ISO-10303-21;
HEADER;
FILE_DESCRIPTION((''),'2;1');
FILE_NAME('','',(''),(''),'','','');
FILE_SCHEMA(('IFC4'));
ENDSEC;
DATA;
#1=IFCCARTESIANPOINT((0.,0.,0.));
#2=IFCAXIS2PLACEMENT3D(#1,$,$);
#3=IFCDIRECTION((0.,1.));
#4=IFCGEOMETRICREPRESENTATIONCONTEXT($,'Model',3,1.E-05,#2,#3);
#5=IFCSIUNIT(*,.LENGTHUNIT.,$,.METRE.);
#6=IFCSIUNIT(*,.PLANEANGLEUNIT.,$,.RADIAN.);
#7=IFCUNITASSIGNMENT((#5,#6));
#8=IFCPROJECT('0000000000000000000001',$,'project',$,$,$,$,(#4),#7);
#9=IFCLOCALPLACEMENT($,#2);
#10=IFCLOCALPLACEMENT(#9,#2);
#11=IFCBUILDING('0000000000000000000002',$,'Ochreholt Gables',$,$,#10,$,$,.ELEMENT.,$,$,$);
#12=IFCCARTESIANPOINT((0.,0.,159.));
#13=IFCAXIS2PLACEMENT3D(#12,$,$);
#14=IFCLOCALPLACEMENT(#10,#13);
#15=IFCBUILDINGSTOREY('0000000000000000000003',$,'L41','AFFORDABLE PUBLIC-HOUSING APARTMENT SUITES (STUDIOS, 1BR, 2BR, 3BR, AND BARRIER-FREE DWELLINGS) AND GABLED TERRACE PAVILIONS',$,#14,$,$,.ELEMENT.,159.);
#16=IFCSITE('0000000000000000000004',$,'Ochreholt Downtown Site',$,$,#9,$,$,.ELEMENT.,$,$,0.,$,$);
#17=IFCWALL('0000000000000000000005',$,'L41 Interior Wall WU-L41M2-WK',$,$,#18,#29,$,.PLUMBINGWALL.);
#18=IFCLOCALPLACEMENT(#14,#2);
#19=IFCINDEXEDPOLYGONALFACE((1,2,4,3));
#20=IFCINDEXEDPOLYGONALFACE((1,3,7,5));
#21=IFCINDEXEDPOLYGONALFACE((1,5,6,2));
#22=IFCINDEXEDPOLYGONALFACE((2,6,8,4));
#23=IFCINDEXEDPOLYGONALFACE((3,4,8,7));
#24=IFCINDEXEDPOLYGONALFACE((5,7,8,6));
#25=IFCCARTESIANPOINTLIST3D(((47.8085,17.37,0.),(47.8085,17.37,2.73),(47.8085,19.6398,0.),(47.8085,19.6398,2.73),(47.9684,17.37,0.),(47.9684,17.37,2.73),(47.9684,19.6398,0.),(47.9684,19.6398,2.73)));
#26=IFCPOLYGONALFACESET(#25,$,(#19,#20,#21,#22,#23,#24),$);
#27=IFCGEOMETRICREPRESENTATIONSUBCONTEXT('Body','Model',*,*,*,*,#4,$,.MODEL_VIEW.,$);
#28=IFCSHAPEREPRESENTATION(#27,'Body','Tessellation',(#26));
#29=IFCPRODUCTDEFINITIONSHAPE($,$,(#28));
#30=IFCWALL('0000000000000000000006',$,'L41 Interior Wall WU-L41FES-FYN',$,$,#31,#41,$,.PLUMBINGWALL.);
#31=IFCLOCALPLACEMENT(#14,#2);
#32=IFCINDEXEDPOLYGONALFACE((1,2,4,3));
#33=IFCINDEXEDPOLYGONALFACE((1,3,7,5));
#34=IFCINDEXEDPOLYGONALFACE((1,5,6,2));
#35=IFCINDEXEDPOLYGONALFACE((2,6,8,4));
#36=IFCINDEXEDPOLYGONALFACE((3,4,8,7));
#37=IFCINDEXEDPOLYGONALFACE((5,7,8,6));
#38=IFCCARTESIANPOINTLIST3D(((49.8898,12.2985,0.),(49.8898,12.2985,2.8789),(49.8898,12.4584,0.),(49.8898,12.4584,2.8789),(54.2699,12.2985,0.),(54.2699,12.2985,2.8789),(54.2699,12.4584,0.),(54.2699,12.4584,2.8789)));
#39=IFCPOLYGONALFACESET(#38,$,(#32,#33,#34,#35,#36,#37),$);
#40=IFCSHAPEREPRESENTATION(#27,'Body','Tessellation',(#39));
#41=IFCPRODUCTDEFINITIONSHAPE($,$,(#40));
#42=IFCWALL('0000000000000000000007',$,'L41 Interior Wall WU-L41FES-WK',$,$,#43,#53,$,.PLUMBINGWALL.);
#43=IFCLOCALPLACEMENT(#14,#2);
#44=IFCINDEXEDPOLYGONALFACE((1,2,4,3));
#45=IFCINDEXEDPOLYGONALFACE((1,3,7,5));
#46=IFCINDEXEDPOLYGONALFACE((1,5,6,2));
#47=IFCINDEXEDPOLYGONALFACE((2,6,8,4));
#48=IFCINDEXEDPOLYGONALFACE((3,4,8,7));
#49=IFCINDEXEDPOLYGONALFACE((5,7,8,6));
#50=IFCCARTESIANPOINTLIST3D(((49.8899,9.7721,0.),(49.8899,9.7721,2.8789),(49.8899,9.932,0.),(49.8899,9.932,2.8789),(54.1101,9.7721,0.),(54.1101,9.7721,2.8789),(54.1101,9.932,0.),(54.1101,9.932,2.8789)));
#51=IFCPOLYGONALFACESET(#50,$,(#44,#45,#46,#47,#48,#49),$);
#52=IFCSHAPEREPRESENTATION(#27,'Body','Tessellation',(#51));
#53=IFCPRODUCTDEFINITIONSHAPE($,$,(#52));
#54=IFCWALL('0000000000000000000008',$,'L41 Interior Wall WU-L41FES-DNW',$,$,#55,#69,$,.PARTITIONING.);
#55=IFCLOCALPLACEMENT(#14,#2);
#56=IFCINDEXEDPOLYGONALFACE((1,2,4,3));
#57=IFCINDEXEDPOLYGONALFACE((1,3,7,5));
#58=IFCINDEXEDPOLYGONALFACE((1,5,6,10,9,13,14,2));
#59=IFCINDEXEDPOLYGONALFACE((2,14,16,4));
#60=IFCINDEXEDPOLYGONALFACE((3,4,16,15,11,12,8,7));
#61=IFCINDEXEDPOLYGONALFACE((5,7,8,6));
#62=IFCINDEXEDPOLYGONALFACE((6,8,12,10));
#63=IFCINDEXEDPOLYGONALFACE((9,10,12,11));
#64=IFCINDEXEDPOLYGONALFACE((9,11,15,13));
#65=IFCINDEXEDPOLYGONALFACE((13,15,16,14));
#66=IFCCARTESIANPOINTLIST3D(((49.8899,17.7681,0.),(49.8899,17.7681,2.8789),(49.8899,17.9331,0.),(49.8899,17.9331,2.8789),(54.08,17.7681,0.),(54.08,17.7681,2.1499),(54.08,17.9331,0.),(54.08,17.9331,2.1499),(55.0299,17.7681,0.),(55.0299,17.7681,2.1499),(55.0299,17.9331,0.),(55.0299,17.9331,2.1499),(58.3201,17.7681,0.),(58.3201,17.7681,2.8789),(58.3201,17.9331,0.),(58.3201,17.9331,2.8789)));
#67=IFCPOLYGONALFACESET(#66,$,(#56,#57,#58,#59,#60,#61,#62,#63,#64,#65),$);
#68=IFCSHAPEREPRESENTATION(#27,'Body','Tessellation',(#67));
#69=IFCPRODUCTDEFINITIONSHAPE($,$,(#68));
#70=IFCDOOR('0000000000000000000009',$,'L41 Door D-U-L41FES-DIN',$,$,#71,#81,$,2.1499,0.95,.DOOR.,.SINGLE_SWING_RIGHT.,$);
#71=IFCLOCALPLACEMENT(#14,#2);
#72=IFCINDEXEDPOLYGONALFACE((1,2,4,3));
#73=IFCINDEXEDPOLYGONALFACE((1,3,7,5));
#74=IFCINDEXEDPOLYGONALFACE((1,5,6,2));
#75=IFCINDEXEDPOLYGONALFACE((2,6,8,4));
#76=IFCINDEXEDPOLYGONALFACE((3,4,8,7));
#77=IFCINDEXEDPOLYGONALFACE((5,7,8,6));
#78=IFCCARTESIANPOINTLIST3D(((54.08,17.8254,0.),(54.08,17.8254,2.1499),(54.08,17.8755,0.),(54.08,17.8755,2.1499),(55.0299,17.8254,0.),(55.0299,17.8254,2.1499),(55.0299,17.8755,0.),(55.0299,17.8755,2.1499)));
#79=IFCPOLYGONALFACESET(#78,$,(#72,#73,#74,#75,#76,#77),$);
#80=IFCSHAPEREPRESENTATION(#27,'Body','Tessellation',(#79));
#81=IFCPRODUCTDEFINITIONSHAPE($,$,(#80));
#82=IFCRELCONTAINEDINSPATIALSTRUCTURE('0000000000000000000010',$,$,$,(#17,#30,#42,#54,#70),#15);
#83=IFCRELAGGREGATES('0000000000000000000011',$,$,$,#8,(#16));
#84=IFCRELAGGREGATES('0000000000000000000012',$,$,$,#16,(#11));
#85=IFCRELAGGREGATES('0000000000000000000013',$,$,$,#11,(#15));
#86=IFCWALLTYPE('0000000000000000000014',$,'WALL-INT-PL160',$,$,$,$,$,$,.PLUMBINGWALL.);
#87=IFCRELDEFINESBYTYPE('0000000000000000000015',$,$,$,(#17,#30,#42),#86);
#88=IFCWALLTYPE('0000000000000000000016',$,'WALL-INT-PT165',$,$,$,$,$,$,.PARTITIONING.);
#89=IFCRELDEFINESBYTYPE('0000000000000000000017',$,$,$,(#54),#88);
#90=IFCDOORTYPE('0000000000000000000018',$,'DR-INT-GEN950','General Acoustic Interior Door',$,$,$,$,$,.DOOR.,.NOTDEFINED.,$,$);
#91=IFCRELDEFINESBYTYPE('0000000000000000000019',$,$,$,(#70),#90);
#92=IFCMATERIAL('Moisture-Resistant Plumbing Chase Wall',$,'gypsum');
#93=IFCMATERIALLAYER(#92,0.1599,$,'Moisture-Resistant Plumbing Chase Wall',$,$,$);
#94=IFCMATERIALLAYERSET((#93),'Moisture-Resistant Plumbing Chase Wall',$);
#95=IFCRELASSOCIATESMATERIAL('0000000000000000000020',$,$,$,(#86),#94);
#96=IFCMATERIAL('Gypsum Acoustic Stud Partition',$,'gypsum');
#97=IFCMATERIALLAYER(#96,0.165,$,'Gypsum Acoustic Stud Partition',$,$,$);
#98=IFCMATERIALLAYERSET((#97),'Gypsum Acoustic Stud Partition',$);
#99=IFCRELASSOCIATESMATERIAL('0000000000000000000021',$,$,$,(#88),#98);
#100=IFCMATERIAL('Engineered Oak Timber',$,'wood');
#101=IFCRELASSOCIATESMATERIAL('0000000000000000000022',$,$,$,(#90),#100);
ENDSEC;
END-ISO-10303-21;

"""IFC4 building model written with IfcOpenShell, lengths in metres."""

from ifc_helpers import new_model, si_unit, direction, frame, frame_2d, origin, place, context, subcontext, project, spatial, rectangle, extrude, material, layer, layer_set, type_object, element, fill, save


model = new_model("IFC4")

# Units and contexts
model_context = context("Model", 3, precision=1e-05, world=origin(), true_north=direction((0.0, 1.0)))
body_context = subcontext(model_context, "Body", "Model", "MODEL_VIEW")
ifc_project = project(units=[si_unit("LENGTHUNIT", "METRE"), si_unit("PLANEANGLEUNIT", "RADIAN")], contexts=[model_context])

# Site, building, storey
site_placement = place(None, origin())
site = spatial("IfcSite", under=ifc_project, at=site_placement, Name="Ochreholt Downtown Site", CompositionType="ELEMENT", RefElevation=0.0)
building_placement = place(site_placement, origin())
building = spatial("IfcBuilding", under=site, at=building_placement, Name="Ochreholt Gables", CompositionType="ELEMENT")
storey_placement = place(building_placement, frame((0.0, 0.0, 159.0)))
storey = spatial("IfcBuildingStorey", under=building, at=storey_placement, Name="L41", Description="AFFORDABLE PUBLIC-HOUSING APARTMENT SUITES (STUDIOS, 1BR, 2BR, 3BR, AND BARRIER-FREE DWELLINGS) AND GABLED TERRACE PAVILIONS", CompositionType="ELEMENT", Elevation=159.0)

# Shared definitions
ifc_material_1 = material(Name="Engineered Oak Timber", Category="wood")

# Walls
ifc_material_2 = material(Name="Moisture-Resistant Plumbing Chase Wall", Category="gypsum")
ifc_layer_1 = layer(ifc_material_2, 0.1599, Name="Moisture-Resistant Plumbing Chase Wall")
ifc_layer_set_1 = layer_set([ifc_layer_1], Name="Moisture-Resistant Plumbing Chase Wall")
wall_type_1 = type_object("IfcWallType", Name="WALL-INT-PL160", PredefinedType="PLUMBINGWALL", material=ifc_layer_set_1)
wall_1_placement = place(storey_placement, frame((47.8884, 17.3701, 0.0), z_axis=(0.0, 0.0, 1.0), x_axis=(0.0, 1.0, 0.0)))
element("IfcWall", 1, at=wall_1_placement, inside=storey, type_object=wall_type_1, Name="L41 Interior Wall WU-L41M2-WK", PredefinedType="PLUMBINGWALL", context=body_context, shape_type="SweptSolid", body=[
    extrude(rectangle(XDim=2.2698, YDim=0.1599, at=frame_2d((1.1348, 0.0))), origin(), (0.0, 0.0, 1.0), 2.73),
])
wall_2_placement = place(storey_placement, frame((49.8899, 12.3784, 0.0), z_axis=(0.0, 0.0, 1.0), x_axis=(1.0, 0.0, 0.0)))
element("IfcWall", 2, at=wall_2_placement, inside=storey, type_object=wall_type_1, Name="L41 Interior Wall WU-L41FES-FYN", PredefinedType="PLUMBINGWALL", context=body_context, shape_type="SweptSolid", body=[
    extrude(rectangle(XDim=4.3801, YDim=0.1599, at=frame_2d((2.1899, 0.0))), origin(), (0.0, 0.0, 1.0), 2.8789),
])
wall_3_placement = place(storey_placement, frame((49.8899, 9.8521, 0.0), z_axis=(0.0, 0.0, 1.0), x_axis=(1.0, 0.0, 0.0)))
element("IfcWall", 3, at=wall_3_placement, inside=storey, type_object=wall_type_1, Name="L41 Interior Wall WU-L41FES-WK", PredefinedType="PLUMBINGWALL", context=body_context, shape_type="SweptSolid", body=[
    extrude(rectangle(XDim=4.2202, YDim=0.1599, at=frame_2d((2.1101, 0.0))), origin(), (0.0, 0.0, 1.0), 2.8789),
])

# Wall, opening, door
ifc_material_3 = material(Name="Gypsum Acoustic Stud Partition", Category="gypsum")
ifc_layer_2 = layer(ifc_material_3, 0.165, Name="Gypsum Acoustic Stud Partition")
ifc_layer_set_2 = layer_set([ifc_layer_2], Name="Gypsum Acoustic Stud Partition")
wall_type_2 = type_object("IfcWallType", Name="WALL-INT-PT165", PredefinedType="PARTITIONING", material=ifc_layer_set_2)
wall_4_placement = place(storey_placement, frame((49.8899, 17.8506, 0.0), z_axis=(0.0, 0.0, 1.0), x_axis=(1.0, 0.0, 0.0)))
wall_4 = element("IfcWall", 4, at=wall_4_placement, inside=storey, type_object=wall_type_2, Name="L41 Interior Wall WU-L41FES-DNW", PredefinedType="PARTITIONING", context=body_context, shape_type="SweptSolid", body=[
    extrude(rectangle(XDim=8.4302, YDim=0.165, at=frame_2d((4.2151, 0.0))), origin(), (0.0, 0.0, 1.0), 2.8789),
])
opening_1_placement = place(wall_4_placement, frame((4.1899, 0.0, 0.0)))
opening_1 = element("IfcOpeningElement", 5, at=opening_1_placement, cuts=wall_4, PredefinedType="OPENING", context=body_context, shape_type="SweptSolid", body=[
    extrude(rectangle(XDim=0.95, YDim=2.1499, at=frame_2d((0.4751, 1.075))), frame((0.0, 0.0925, 0.0), z_axis=(0.0, -1.0, 0.0), x_axis=(1.0, 0.0, 0.0)), (0.0, 0.0, 1.0), 0.1851),
])
door_type_1 = type_object("IfcDoorType", Name="DR-INT-GEN950", Description="General Acoustic Interior Door", OperationType="NOTDEFINED", PredefinedType="DOOR", material=ifc_material_1)
door_1_placement = place(opening_1_placement, origin())
door_1 = element("IfcDoor", 6, at=door_1_placement, inside=storey, type_object=door_type_1, Name="L41 Door D-U-L41FES-DIN", OperationType="SINGLE_SWING_RIGHT", OverallHeight=2.1499, OverallWidth=0.95, PredefinedType="DOOR", context=body_context, shape_type="SweptSolid", body=[
    extrude(rectangle(XDim=0.95, YDim=2.1499, at=frame_2d((0.4751, 1.075))), frame((0.0, 0.0249, 0.0), z_axis=(0.0, -1.0, 0.0), x_axis=(1.0, 0.0, 0.0)), (0.0, 0.0, 1.0), 0.05),
])
fill(opening_1, door_1)

save(model, "model.ifc")
